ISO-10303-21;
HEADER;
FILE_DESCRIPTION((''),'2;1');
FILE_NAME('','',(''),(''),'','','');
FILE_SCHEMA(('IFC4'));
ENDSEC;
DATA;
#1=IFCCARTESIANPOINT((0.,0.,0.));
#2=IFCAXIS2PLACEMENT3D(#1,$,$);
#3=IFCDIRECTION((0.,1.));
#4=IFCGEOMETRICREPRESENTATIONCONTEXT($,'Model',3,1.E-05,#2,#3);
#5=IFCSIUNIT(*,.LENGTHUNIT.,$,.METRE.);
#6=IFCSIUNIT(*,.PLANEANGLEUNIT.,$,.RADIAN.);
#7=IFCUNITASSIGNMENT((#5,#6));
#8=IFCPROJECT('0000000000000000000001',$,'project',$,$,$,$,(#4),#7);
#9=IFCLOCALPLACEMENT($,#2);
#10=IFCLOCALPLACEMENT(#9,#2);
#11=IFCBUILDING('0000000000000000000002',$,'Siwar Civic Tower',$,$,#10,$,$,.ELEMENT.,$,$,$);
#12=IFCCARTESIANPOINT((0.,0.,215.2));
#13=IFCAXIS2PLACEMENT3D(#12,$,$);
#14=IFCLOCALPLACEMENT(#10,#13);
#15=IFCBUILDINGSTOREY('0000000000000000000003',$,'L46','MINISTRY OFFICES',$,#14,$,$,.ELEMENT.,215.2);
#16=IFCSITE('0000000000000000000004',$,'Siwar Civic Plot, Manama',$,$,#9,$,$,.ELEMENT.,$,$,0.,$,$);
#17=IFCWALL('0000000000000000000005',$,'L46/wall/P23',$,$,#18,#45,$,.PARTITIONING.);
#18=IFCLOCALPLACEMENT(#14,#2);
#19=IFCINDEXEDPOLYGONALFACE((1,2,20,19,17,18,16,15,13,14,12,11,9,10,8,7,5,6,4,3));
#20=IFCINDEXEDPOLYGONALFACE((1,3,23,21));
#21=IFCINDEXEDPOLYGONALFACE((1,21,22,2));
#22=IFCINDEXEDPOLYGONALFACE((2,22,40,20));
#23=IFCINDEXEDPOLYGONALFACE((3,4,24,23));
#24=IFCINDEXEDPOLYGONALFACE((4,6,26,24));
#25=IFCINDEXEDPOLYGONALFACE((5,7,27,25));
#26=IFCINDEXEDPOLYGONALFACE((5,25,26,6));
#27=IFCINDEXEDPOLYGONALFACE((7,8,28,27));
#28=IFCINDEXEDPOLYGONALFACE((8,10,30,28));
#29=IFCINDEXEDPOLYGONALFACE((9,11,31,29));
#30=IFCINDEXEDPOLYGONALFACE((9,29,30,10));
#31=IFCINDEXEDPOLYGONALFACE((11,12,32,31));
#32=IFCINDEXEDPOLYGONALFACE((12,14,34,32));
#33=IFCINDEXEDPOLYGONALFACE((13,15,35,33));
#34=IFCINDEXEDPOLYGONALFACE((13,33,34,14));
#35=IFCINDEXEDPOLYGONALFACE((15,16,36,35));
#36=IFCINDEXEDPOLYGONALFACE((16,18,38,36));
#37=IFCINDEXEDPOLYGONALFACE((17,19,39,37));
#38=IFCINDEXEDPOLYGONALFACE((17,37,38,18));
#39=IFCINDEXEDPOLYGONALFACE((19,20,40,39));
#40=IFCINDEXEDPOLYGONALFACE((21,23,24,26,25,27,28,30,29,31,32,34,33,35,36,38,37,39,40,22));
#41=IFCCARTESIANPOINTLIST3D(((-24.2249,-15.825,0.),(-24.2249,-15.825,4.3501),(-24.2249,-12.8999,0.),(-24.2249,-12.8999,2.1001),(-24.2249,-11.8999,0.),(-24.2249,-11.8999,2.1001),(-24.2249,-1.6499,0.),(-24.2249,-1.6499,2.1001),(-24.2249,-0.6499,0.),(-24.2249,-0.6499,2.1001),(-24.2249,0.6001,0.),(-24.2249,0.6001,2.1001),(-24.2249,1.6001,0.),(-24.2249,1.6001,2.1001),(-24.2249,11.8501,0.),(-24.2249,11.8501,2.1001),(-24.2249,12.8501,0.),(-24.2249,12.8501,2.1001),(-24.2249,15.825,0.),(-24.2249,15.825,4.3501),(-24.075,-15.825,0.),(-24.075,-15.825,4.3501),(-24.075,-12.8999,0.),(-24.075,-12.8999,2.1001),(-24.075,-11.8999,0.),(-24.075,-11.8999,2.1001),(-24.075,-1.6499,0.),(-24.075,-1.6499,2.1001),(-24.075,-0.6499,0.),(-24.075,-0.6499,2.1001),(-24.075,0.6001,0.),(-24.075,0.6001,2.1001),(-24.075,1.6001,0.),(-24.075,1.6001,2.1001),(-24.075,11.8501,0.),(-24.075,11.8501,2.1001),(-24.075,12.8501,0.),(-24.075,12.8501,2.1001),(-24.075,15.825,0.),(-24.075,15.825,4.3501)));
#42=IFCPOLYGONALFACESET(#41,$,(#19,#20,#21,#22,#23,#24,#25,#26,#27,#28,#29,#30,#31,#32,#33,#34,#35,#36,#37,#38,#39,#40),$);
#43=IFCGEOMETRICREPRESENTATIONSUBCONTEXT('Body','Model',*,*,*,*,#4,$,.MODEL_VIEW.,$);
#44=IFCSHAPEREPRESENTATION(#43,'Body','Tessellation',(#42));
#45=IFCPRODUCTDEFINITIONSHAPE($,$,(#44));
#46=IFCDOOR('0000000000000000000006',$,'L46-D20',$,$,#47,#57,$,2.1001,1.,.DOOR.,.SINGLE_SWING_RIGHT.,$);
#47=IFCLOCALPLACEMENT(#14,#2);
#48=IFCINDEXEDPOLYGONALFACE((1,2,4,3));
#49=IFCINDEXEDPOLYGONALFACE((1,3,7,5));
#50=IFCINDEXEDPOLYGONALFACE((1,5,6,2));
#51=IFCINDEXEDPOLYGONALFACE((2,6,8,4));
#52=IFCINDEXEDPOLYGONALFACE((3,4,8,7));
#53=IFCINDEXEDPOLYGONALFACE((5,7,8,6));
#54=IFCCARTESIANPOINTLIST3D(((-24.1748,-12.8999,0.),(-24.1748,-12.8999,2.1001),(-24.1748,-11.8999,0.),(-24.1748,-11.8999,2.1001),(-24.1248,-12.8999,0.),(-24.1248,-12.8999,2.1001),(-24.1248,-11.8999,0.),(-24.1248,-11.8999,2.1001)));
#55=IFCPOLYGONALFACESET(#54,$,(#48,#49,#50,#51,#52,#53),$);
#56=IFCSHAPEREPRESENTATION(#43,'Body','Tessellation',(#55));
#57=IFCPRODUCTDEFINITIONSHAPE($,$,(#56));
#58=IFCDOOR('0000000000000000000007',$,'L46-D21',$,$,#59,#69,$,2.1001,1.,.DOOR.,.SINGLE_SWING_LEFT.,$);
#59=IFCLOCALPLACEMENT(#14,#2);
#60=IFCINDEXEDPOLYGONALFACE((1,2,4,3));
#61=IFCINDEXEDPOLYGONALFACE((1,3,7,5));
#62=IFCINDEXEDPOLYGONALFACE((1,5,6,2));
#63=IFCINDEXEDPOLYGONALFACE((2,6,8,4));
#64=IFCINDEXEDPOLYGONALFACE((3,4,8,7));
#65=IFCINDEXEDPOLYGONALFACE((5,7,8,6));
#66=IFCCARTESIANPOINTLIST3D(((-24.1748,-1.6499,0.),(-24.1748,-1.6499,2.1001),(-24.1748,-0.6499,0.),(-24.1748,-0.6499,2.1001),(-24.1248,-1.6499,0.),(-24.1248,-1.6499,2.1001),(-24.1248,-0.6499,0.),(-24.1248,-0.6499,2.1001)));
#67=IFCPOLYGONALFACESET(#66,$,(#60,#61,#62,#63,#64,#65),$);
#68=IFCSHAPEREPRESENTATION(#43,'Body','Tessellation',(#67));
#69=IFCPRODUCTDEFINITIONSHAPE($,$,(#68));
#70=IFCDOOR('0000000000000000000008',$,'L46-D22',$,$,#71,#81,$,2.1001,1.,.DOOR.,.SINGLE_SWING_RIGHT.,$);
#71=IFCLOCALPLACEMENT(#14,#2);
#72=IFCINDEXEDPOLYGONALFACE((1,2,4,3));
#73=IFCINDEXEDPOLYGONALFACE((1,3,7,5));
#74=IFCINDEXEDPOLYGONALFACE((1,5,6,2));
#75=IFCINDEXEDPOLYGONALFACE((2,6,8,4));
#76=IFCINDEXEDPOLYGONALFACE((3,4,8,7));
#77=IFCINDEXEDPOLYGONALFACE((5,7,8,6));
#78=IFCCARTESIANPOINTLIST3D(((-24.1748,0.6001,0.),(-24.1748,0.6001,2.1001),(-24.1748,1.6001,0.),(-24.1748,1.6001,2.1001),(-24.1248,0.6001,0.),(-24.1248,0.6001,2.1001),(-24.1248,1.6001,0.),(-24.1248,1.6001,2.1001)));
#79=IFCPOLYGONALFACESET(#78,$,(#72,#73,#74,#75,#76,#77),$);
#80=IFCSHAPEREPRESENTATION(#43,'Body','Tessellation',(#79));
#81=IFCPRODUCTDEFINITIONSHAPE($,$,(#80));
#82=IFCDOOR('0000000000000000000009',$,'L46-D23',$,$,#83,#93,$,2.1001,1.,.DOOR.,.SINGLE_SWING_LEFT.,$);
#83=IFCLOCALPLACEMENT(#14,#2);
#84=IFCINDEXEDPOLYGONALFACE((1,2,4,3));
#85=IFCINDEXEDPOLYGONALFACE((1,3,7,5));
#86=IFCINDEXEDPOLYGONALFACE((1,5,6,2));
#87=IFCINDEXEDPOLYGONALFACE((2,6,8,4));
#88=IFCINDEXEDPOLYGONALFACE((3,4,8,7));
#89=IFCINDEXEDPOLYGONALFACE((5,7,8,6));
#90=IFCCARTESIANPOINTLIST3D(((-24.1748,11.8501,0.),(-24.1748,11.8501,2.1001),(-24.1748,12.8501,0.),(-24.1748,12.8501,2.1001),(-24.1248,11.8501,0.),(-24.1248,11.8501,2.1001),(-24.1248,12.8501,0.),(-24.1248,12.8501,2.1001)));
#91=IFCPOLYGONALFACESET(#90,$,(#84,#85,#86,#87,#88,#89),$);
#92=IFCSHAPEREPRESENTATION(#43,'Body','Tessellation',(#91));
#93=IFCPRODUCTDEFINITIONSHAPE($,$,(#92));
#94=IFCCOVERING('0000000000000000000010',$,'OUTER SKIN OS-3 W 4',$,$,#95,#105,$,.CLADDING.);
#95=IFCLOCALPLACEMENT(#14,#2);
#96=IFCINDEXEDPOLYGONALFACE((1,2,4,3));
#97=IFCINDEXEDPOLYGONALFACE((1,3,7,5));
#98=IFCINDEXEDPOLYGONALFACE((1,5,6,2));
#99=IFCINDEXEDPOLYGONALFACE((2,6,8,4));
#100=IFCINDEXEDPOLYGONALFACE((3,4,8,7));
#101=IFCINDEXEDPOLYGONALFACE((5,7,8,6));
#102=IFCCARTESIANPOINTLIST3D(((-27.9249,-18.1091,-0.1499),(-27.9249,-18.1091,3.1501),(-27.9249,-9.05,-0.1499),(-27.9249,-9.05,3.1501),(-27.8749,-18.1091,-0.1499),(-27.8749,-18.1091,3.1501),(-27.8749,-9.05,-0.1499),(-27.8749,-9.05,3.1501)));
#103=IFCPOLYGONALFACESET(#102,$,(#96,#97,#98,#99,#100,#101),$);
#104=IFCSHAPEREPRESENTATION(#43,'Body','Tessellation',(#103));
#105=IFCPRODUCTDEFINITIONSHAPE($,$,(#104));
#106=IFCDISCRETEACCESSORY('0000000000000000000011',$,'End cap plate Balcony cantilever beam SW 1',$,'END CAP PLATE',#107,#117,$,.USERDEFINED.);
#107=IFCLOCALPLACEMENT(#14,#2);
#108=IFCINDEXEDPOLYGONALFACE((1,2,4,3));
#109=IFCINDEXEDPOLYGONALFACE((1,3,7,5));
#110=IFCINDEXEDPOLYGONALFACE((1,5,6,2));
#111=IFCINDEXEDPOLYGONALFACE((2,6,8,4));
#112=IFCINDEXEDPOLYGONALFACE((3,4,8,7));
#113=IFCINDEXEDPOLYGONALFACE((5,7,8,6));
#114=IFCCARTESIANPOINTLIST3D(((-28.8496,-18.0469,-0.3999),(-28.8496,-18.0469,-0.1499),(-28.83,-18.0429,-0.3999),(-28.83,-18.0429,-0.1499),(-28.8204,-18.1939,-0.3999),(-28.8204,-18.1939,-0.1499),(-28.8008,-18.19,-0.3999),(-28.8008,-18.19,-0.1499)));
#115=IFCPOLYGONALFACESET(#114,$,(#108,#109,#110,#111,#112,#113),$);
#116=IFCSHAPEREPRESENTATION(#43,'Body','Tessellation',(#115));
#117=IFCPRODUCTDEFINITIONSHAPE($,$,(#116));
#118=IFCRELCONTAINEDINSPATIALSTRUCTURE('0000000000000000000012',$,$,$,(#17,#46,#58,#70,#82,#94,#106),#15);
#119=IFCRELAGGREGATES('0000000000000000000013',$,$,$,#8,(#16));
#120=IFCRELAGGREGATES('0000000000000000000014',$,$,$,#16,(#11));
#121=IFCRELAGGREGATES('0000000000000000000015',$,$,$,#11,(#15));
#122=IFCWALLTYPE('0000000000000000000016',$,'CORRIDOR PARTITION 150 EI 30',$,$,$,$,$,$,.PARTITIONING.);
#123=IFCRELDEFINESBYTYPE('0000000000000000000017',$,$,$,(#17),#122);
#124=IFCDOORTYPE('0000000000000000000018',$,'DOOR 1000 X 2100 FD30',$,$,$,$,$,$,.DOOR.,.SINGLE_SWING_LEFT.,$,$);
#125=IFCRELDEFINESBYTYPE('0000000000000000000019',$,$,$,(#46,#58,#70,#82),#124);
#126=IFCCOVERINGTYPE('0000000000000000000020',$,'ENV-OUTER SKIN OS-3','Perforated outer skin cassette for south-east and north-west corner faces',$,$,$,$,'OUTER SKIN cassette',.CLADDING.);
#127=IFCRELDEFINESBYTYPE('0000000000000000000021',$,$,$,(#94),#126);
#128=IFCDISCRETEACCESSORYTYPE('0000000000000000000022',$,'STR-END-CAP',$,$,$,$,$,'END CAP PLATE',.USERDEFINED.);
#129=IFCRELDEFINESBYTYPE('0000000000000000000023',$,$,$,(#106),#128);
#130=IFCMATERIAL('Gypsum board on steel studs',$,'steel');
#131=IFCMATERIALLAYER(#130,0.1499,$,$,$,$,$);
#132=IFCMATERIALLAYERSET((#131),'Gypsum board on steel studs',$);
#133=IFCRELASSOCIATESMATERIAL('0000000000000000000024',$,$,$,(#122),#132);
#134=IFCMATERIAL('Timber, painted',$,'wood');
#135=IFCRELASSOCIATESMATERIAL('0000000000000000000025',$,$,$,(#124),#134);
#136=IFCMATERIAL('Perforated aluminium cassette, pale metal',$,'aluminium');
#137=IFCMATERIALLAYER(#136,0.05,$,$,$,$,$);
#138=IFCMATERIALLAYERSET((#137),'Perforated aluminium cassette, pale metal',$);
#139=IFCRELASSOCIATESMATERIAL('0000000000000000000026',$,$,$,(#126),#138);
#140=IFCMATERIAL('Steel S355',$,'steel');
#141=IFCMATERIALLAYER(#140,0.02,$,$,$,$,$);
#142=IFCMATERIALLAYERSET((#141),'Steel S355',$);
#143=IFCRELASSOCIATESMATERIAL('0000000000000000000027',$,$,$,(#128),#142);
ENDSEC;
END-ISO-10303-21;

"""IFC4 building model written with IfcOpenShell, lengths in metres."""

from ifc_helpers import new_model, si_unit, direction, frame, frame_2d, origin, origin_2d, place, context, subcontext, project, spatial, rectangle, extrude, material, layer, layer_set, type_object, element, fill, save


model = new_model("IFC4")

# Units and contexts
model_context = context("Model", 3, precision=1e-05, world=origin(), true_north=direction((0.0, 1.0)))
body_context = subcontext(model_context, "Body", "Model", "MODEL_VIEW")
ifc_project = project(units=[si_unit("LENGTHUNIT", "METRE"), si_unit("PLANEANGLEUNIT", "RADIAN")], contexts=[model_context])

# Site, building, storey
site_placement = place(None, origin())
site = spatial("IfcSite", under=ifc_project, at=site_placement, Name="Siwar Civic Plot, Manama", CompositionType="ELEMENT", RefElevation=0.0)
building_placement = place(site_placement, origin())
building = spatial("IfcBuilding", under=site, at=building_placement, Name="Siwar Civic Tower", CompositionType="ELEMENT")
storey_placement = place(building_placement, frame((0.0, 0.0, 215.2)))
storey = spatial("IfcBuildingStorey", under=building, at=storey_placement, Name="L46", Description="MINISTRY OFFICES", CompositionType="ELEMENT", Elevation=215.2)

# Wall, openings, doors
ifc_material_1 = material(Name="Gypsum board on steel studs", Category="steel")
ifc_layer_1 = layer(ifc_material_1, 0.1499)
ifc_layer_set_1 = layer_set([ifc_layer_1], Name="Gypsum board on steel studs")
wall_type = type_object("IfcWallType", Name="CORRIDOR PARTITION 150 EI 30", PredefinedType="PARTITIONING", material=ifc_layer_set_1)
ifc_material_2 = material(Name="Timber, painted", Category="wood")
door_type = type_object("IfcDoorType", Name="DOOR 1000 X 2100 FD30", OperationType="SINGLE_SWING_LEFT", PredefinedType="DOOR", material=ifc_material_2)
wall_1_placement = place(storey_placement, frame((-24.1499, -15.825, 0.0), z_axis=(0.0, 0.0, 1.0), x_axis=(0.0, 1.0, 0.0)))
wall_1 = element("IfcWall", 1, at=wall_1_placement, inside=storey, type_object=wall_type, Name="L46/wall/P23", PredefinedType="PARTITIONING", context=body_context, shape_type="SweptSolid", body=[
    extrude(rectangle(XDim=31.6499, YDim=0.1499, at=frame_2d((15.825, 0.0))), origin(), (0.0, 0.0, 1.0), 4.3501),
])
opening_1_placement = place(wall_1_placement, frame((2.925, 0.0, 0.0)))
opening_1 = element("IfcOpeningElement", 2, at=opening_1_placement, cuts=wall_1, PredefinedType="OPENING", context=body_context, shape_type="SweptSolid", body=[
    extrude(rectangle(XDim=1.0, YDim=2.1001, at=frame_2d((0.5, 1.05))), frame((0.0, 0.085, 0.0), z_axis=(0.0, -1.0, 0.0), x_axis=(1.0, 0.0, 0.0)), (0.0, 0.0, 1.0), 0.1699),
])
opening_2_placement = place(wall_1_placement, frame((14.175, 0.0, 0.0)))
opening_2 = element("IfcOpeningElement", 3, at=opening_2_placement, cuts=wall_1, PredefinedType="OPENING", context=body_context, shape_type="SweptSolid", body=[
    extrude(rectangle(XDim=1.0, YDim=2.1001, at=frame_2d((0.5, 1.05))), frame((0.0, 0.085, 0.0), z_axis=(0.0, -1.0, 0.0), x_axis=(1.0, 0.0, 0.0)), (0.0, 0.0, 1.0), 0.1699),
])
opening_3_placement = place(wall_1_placement, frame((16.425, 0.0, 0.0)))
opening_3 = element("IfcOpeningElement", 4, at=opening_3_placement, cuts=wall_1, PredefinedType="OPENING", context=body_context, shape_type="SweptSolid", body=[
    extrude(rectangle(XDim=1.0, YDim=2.1001, at=frame_2d((0.5, 1.05))), frame((0.0, 0.085, 0.0), z_axis=(0.0, -1.0, 0.0), x_axis=(1.0, 0.0, 0.0)), (0.0, 0.0, 1.0), 0.1699),
])
opening_4_placement = place(wall_1_placement, frame((27.675, 0.0, 0.0)))
opening_4 = element("IfcOpeningElement", 5, at=opening_4_placement, cuts=wall_1, PredefinedType="OPENING", context=body_context, shape_type="SweptSolid", body=[
    extrude(rectangle(XDim=1.0, YDim=2.1001, at=frame_2d((0.5, 1.05))), frame((0.0, 0.085, 0.0), z_axis=(0.0, -1.0, 0.0), x_axis=(1.0, 0.0, 0.0)), (0.0, 0.0, 1.0), 0.1699),
])
door_1_placement = place(opening_1_placement, origin())
door_1 = element("IfcDoor", 6, at=door_1_placement, inside=storey, type_object=door_type, Name="L46-D20", OperationType="SINGLE_SWING_RIGHT", OverallHeight=2.1001, OverallWidth=1.0, PredefinedType="DOOR", context=body_context, shape_type="SweptSolid", body=[
    extrude(rectangle(XDim=1.0, YDim=2.1001, at=frame_2d((0.5, 1.05))), frame((0.0, 0.0249, 0.0), z_axis=(0.0, -1.0, 0.0), x_axis=(1.0, 0.0, 0.0)), (0.0, 0.0, 1.0), 0.05),
])
fill(opening_1, door_1)
door_2_placement = place(opening_2_placement, origin())
door_2 = element("IfcDoor", 7, at=door_2_placement, inside=storey, type_object=door_type, Name="L46-D21", OperationType="SINGLE_SWING_LEFT", OverallHeight=2.1001, OverallWidth=1.0, PredefinedType="DOOR", context=body_context, shape_type="SweptSolid", body=[
    extrude(rectangle(XDim=1.0, YDim=2.1001, at=frame_2d((0.5, 1.05))), frame((0.0, 0.0249, 0.0), z_axis=(0.0, -1.0, 0.0), x_axis=(1.0, 0.0, 0.0)), (0.0, 0.0, 1.0), 0.05),
])
fill(opening_2, door_2)
door_3_placement = place(opening_3_placement, origin())
door_3 = element("IfcDoor", 8, at=door_3_placement, inside=storey, type_object=door_type, Name="L46-D22", OperationType="SINGLE_SWING_RIGHT", OverallHeight=2.1001, OverallWidth=1.0, PredefinedType="DOOR", context=body_context, shape_type="SweptSolid", body=[
    extrude(rectangle(XDim=1.0, YDim=2.1001, at=frame_2d((0.5, 1.05))), frame((0.0, 0.0249, 0.0), z_axis=(0.0, -1.0, 0.0), x_axis=(1.0, 0.0, 0.0)), (0.0, 0.0, 1.0), 0.05),
])
fill(opening_3, door_3)
door_4_placement = place(opening_4_placement, origin())
door_4 = element("IfcDoor", 9, at=door_4_placement, inside=storey, type_object=door_type, Name="L46-D23", OperationType="SINGLE_SWING_LEFT", OverallHeight=2.1001, OverallWidth=1.0, PredefinedType="DOOR", context=body_context, shape_type="SweptSolid", body=[
    extrude(rectangle(XDim=1.0, YDim=2.1001, at=frame_2d((0.5, 1.05))), frame((0.0, 0.0249, 0.0), z_axis=(0.0, -1.0, 0.0), x_axis=(1.0, 0.0, 0.0)), (0.0, 0.0, 1.0), 0.05),
])
fill(opening_4, door_4)

# Covering
ifc_material_3 = material(Name="Perforated aluminium cassette, pale metal", Category="aluminium")
ifc_layer_2 = layer(ifc_material_3, 0.05)
ifc_layer_set_2 = layer_set([ifc_layer_2], Name="Perforated aluminium cassette, pale metal")
covering_type = type_object("IfcCoveringType", Name="ENV-OUTER SKIN OS-3", Description="Perforated outer skin cassette for south-east and north-west corner faces", ElementType="OUTER SKIN cassette", PredefinedType="CLADDING", material=ifc_layer_set_2)
covering_placement = place(storey_placement, frame((-27.8999, -13.5796, -0.1499), z_axis=(0.0, 0.0, 1.0), x_axis=(0.0, -1.0, 0.0)))
element("IfcCovering", 10, at=covering_placement, inside=storey, type_object=covering_type, Name="OUTER SKIN OS-3 W 4", PredefinedType="CLADDING", context=body_context, shape_type="SweptSolid", body=[
    extrude(rectangle(XDim=9.0591, YDim=0.05, at=origin_2d()), origin(), (0.0, 0.0, 1.0), 3.3),
])

# Discrete accessory
ifc_material_4 = material(Name="Steel S355", Category="steel")
ifc_layer_3 = layer(ifc_material_4, 0.02)
ifc_layer_set_3 = layer_set([ifc_layer_3], Name="Steel S355")
discrete_accessory_type = type_object("IfcDiscreteAccessoryType", Name="STR-END-CAP", ElementType="END CAP PLATE", PredefinedType="USERDEFINED", material=ifc_layer_set_3)
discrete_accessory_placement = place(storey_placement, frame((-28.8252, -18.1184, -0.3999), z_axis=(0.0, 0.0, 1.0), x_axis=(-0.980785, -0.19509, 0.0)))
element("IfcDiscreteAccessory", 11, at=discrete_accessory_placement, inside=storey, type_object=discrete_accessory_type, Name="End cap plate Balcony cantilever beam SW 1", ObjectType="END CAP PLATE", PredefinedType="USERDEFINED", context=body_context, shape_type="SweptSolid", body=[
    extrude(rectangle(XDim=0.02, YDim=0.1499, at=origin_2d()), origin(), (0.0, 0.0, 1.0), 0.25),
])

save(model, "model.ifc")
